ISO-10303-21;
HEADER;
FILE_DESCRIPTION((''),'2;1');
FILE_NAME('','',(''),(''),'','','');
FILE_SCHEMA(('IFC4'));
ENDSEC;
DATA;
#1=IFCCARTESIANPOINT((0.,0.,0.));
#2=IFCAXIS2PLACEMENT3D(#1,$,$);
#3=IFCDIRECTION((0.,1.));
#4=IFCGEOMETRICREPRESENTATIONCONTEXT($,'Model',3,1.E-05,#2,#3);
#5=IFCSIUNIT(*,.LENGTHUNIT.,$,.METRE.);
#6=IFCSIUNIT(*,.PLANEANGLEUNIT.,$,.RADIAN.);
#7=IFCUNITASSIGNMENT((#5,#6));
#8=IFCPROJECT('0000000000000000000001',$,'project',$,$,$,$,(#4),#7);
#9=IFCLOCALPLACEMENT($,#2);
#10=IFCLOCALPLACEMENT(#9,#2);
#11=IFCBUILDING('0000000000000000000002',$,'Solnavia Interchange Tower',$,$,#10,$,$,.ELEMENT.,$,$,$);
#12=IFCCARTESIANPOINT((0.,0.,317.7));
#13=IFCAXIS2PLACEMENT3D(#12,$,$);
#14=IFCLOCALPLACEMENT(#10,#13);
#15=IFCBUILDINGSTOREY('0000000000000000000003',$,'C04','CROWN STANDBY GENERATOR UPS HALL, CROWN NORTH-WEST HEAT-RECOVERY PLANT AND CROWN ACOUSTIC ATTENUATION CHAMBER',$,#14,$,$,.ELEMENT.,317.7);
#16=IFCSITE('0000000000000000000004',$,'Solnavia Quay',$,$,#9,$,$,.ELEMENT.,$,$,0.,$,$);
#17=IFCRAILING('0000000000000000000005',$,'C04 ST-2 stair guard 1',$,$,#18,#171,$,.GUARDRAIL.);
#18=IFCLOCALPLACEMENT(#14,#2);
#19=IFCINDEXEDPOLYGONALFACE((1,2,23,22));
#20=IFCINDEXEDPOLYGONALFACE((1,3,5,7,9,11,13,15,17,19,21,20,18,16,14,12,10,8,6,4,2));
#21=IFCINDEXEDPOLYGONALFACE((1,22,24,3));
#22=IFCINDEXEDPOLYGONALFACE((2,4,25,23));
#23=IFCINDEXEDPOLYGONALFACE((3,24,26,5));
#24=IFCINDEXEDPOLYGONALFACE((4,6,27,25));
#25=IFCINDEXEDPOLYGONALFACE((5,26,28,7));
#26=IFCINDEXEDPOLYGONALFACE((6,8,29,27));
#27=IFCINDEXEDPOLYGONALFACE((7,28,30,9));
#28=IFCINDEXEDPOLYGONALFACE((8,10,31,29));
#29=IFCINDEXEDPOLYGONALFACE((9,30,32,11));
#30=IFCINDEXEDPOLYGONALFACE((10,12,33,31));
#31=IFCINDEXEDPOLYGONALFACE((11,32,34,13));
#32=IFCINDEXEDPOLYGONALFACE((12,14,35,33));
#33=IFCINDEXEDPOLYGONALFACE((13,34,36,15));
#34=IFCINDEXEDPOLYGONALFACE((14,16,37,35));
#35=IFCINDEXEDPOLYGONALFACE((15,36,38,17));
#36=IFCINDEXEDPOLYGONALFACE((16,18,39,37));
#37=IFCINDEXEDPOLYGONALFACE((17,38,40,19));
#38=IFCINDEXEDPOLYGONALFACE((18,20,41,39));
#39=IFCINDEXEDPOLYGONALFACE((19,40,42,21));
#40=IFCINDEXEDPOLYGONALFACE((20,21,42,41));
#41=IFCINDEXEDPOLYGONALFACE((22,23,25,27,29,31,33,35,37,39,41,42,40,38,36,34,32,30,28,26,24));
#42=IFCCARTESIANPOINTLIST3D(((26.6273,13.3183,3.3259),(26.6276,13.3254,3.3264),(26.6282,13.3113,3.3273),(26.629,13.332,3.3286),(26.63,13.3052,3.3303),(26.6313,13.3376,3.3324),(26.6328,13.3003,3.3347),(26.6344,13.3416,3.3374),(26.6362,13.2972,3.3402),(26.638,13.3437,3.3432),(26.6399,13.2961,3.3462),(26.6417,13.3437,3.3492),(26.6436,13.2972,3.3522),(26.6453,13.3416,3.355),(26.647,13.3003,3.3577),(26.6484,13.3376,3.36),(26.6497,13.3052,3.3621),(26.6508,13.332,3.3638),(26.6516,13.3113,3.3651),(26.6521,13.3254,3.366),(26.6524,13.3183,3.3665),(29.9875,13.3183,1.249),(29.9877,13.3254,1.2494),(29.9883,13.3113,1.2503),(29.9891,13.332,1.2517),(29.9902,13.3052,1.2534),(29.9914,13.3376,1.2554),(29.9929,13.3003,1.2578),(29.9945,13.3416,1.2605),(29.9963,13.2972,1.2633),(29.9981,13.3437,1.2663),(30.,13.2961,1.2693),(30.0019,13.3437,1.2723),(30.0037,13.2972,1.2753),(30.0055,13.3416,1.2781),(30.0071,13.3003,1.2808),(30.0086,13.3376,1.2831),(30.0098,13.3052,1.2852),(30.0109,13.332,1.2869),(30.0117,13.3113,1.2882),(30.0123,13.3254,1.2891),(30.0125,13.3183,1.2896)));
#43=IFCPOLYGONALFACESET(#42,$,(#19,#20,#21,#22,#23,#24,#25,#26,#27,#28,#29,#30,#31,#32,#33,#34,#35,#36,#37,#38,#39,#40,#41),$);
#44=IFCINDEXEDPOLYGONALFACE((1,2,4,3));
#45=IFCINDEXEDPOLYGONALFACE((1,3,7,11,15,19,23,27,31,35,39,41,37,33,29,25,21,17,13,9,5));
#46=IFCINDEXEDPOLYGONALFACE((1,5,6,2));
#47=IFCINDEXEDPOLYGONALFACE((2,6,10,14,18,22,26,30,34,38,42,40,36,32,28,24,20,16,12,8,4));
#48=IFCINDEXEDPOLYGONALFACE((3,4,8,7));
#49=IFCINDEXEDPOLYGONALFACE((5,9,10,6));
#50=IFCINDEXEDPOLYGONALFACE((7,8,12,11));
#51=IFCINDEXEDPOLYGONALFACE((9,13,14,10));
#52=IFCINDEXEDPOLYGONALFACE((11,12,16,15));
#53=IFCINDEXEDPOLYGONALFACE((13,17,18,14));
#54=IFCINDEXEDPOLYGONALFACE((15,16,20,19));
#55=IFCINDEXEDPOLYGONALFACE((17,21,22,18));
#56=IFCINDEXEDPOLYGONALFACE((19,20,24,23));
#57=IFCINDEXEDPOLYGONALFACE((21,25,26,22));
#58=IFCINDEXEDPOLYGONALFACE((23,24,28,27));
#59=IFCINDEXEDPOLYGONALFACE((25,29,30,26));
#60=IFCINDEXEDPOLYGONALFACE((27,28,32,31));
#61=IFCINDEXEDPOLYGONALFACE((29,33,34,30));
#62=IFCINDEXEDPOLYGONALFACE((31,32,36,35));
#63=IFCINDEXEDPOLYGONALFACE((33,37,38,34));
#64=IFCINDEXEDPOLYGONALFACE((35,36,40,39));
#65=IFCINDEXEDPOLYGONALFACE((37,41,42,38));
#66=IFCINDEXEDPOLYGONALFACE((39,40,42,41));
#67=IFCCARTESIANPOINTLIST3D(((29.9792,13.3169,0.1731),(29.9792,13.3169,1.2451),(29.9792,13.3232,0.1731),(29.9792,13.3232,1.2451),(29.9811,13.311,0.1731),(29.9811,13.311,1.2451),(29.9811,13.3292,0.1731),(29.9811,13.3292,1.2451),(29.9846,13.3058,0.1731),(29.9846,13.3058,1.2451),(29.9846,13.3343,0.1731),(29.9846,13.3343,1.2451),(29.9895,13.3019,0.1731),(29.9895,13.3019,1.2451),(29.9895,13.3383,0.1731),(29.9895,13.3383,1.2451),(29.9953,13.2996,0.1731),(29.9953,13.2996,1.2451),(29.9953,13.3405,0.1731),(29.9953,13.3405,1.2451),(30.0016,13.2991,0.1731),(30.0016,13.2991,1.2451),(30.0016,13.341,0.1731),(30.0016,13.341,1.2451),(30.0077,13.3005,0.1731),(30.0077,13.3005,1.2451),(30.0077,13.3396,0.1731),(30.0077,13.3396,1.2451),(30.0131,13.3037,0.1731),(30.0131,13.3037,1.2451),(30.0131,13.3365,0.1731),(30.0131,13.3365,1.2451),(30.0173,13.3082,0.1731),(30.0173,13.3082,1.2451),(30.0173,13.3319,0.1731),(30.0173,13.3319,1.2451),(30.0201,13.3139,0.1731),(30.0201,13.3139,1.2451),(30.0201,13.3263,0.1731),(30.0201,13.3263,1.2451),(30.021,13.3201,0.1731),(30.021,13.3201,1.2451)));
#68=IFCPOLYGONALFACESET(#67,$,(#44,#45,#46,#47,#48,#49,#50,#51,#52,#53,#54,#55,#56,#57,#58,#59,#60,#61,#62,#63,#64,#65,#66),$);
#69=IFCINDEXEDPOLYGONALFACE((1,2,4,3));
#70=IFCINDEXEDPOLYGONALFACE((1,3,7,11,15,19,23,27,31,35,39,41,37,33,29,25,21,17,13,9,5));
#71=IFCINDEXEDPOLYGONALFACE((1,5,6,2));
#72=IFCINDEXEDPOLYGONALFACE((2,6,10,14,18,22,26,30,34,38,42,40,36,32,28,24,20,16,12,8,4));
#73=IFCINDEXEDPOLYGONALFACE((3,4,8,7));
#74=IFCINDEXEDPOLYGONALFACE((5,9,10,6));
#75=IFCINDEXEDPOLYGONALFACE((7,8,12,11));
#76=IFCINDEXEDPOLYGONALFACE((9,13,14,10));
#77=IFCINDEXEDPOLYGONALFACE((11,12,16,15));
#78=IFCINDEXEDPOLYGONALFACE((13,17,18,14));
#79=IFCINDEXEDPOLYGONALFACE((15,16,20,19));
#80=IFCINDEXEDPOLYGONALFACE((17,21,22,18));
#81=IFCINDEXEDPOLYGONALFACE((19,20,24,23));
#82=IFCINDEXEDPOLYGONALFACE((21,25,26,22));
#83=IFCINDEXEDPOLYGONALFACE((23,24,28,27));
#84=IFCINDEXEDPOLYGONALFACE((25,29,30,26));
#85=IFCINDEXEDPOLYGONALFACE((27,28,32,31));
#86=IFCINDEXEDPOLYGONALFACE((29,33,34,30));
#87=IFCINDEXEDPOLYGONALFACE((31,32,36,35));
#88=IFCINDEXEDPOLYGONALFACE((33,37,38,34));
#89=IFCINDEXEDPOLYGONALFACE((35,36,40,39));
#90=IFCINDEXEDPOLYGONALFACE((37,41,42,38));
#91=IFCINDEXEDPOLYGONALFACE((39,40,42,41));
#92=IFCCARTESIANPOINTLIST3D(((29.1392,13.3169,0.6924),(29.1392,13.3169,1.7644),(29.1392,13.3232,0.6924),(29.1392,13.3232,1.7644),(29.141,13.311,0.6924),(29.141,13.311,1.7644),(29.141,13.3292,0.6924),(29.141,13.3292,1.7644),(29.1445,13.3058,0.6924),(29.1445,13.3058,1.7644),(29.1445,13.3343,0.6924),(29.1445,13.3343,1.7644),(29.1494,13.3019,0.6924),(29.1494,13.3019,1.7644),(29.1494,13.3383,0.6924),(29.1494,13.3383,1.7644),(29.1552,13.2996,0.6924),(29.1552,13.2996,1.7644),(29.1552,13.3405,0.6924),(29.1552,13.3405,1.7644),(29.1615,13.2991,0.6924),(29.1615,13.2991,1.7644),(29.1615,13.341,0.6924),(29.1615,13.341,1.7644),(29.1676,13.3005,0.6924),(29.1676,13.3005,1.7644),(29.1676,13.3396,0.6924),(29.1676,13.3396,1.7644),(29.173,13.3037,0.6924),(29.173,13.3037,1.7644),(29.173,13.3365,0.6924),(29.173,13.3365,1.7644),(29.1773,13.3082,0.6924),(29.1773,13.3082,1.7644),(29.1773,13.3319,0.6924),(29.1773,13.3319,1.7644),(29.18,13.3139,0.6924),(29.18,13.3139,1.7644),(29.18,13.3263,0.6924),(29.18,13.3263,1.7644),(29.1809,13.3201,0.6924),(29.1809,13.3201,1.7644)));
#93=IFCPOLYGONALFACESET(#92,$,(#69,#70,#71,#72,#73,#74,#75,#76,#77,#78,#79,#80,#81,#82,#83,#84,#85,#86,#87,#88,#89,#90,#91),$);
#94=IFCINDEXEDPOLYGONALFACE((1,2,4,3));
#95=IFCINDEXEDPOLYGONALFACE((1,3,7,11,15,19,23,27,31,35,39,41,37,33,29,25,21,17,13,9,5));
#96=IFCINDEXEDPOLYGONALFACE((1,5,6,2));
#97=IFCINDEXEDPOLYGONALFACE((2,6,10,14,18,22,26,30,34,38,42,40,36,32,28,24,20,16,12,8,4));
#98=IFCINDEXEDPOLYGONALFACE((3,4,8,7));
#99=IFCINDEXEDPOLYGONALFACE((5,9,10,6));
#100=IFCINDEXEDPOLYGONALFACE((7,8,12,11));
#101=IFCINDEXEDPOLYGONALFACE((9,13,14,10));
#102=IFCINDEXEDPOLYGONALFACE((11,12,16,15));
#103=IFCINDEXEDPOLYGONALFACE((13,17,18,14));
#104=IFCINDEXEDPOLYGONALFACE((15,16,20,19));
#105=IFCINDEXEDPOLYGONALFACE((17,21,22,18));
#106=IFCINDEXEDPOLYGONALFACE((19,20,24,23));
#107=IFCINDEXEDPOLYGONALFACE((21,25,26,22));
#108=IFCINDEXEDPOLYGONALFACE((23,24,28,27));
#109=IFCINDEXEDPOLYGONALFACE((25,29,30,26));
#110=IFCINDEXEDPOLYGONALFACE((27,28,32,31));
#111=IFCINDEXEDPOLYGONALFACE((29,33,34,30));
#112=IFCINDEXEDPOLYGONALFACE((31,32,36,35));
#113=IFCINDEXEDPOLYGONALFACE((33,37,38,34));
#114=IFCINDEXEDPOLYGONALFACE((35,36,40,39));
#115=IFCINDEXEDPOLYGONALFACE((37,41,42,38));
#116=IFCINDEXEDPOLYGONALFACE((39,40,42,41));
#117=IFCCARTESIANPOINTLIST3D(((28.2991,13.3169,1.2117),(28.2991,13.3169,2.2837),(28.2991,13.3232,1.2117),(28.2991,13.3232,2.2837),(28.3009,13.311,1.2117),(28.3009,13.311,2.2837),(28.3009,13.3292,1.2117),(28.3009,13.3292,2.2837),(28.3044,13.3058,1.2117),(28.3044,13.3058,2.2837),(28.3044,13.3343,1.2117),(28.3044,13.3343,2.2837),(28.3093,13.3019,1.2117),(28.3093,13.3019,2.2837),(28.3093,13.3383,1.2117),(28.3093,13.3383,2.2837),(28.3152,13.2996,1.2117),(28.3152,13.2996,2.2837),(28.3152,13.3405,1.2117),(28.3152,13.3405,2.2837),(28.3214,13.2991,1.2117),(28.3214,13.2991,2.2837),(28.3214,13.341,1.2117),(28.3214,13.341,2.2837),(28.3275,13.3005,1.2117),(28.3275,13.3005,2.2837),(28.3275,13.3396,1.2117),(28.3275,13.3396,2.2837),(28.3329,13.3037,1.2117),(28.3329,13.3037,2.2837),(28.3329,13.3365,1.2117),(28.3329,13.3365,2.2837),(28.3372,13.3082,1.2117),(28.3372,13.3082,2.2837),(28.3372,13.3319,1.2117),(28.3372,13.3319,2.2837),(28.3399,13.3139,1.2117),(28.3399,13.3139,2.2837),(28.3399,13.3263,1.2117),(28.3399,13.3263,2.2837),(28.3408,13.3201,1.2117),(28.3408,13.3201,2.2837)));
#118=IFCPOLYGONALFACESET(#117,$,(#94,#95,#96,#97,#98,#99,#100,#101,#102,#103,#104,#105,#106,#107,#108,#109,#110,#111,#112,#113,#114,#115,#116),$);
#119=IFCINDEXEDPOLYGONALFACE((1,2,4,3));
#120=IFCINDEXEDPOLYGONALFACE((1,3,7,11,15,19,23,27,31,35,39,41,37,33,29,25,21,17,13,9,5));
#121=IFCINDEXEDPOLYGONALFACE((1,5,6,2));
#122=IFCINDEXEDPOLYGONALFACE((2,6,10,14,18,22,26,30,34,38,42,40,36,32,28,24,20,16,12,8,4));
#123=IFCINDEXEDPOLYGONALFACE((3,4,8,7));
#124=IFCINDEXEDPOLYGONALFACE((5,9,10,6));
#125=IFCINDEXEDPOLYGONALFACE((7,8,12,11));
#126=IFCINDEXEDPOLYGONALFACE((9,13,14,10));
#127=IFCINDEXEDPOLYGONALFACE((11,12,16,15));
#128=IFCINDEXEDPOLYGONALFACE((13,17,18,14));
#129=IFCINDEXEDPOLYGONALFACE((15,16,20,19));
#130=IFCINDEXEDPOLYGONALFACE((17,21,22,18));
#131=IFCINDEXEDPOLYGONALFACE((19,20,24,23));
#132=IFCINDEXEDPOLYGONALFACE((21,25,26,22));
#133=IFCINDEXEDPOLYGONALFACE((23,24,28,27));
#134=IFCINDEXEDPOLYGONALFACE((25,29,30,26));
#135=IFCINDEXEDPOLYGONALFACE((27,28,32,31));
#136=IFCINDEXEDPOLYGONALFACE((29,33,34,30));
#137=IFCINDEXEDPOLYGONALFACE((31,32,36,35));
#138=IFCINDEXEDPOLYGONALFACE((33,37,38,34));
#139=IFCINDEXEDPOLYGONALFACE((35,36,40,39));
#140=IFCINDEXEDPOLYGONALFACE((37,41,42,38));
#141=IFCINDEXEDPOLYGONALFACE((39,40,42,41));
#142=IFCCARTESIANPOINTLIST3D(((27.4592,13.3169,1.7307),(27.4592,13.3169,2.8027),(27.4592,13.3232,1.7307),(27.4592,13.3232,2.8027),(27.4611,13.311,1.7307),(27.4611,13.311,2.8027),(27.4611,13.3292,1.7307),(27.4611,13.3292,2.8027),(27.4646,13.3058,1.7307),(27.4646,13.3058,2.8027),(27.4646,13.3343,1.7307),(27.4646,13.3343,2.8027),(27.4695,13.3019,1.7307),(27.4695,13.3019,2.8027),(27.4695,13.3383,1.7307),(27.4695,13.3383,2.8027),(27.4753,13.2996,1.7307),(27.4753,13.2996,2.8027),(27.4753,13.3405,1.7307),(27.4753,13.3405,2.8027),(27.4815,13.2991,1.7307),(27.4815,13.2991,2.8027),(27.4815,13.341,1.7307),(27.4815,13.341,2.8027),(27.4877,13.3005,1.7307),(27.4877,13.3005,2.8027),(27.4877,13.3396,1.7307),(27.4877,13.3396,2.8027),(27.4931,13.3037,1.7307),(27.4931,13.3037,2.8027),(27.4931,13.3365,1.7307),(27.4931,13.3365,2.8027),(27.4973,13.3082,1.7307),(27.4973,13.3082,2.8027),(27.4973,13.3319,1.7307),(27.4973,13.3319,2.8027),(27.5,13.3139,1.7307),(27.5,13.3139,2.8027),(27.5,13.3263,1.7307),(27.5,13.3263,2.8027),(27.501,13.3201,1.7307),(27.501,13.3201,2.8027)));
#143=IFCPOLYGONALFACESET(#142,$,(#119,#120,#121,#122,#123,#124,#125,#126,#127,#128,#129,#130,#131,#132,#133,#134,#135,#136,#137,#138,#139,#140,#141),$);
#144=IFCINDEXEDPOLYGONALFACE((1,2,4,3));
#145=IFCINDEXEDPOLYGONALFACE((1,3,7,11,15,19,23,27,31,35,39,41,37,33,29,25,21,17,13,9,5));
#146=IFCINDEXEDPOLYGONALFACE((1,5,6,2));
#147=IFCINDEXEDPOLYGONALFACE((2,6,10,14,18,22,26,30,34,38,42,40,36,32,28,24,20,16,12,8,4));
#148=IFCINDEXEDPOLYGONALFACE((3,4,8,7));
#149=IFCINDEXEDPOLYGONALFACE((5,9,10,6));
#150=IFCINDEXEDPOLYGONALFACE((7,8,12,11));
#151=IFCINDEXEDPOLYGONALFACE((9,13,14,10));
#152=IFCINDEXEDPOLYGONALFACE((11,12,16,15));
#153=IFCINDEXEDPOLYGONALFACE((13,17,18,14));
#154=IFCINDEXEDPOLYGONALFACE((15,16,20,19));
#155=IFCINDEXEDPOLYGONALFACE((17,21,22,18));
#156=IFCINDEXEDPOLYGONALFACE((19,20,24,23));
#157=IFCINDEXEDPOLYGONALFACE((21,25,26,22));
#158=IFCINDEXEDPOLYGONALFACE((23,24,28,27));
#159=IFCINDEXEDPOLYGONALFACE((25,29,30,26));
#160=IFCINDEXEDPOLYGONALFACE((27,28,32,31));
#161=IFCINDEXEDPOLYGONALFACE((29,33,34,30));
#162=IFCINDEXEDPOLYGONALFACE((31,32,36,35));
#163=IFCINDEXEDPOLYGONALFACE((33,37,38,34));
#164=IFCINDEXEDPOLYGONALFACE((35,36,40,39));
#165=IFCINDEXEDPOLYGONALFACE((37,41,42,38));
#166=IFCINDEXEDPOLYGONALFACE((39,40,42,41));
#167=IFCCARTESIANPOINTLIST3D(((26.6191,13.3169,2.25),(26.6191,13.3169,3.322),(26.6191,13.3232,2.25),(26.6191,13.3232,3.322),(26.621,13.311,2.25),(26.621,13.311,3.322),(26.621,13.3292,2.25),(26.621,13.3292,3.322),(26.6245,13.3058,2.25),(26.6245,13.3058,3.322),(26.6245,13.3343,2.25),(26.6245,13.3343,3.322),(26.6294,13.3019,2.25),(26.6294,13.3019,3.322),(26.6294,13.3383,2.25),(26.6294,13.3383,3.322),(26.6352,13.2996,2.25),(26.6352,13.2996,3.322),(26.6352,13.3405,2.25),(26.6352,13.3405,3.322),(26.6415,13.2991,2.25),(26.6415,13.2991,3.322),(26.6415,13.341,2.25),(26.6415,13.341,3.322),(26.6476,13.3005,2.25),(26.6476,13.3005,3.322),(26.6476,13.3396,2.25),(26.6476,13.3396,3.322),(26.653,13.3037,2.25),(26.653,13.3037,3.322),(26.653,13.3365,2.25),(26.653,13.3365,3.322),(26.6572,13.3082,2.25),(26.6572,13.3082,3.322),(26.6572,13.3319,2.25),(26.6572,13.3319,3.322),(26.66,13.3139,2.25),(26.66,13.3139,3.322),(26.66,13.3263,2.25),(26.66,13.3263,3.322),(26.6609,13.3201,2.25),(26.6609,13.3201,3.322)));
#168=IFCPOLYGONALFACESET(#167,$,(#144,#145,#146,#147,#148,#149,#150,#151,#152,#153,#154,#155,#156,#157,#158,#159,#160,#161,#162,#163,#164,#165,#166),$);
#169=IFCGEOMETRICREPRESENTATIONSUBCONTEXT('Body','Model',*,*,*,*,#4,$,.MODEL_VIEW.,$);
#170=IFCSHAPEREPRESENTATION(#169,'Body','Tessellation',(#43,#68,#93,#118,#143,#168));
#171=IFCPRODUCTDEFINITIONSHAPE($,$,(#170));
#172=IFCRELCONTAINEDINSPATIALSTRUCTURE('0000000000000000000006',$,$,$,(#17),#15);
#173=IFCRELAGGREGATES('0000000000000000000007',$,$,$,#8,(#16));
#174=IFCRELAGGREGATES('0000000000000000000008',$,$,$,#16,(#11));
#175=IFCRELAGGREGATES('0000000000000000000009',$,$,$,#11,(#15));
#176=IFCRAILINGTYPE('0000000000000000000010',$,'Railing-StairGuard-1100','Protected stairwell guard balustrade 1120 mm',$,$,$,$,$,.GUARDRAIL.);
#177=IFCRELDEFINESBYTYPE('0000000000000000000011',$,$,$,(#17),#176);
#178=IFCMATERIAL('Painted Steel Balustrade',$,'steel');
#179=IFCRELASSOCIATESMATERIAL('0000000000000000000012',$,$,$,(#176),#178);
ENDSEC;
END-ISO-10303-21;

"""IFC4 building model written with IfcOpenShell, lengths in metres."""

from ifc_helpers import new_model, si_unit, direction, frame, origin, origin_2d, place, context, subcontext, project, spatial, circle, extrude, material, type_object, element, save


model = new_model("IFC4")

# Units and contexts
model_context = context("Model", 3, precision=1e-05, world=origin(), true_north=direction((0.0, 1.0)))
body_context = subcontext(model_context, "Body", "Model", "MODEL_VIEW")
ifc_project = project(units=[si_unit("LENGTHUNIT", "METRE"), si_unit("PLANEANGLEUNIT", "RADIAN")], contexts=[model_context])

# Site, building, storey
site_placement = place(None, origin())
site = spatial("IfcSite", under=ifc_project, at=site_placement, Name="Solnavia Quay", CompositionType="ELEMENT", RefElevation=0.0)
building_placement = place(site_placement, origin())
building = spatial("IfcBuilding", under=site, at=building_placement, Name="Solnavia Interchange Tower", CompositionType="ELEMENT")
storey_placement = place(building_placement, frame((0.0, 0.0, 317.7)))
storey = spatial("IfcBuildingStorey", under=building, at=storey_placement, Name="C04", Description="CROWN STANDBY GENERATOR UPS HALL, CROWN NORTH-WEST HEAT-RECOVERY PLANT AND CROWN ACOUSTIC ATTENUATION CHAMBER", CompositionType="ELEMENT", Elevation=317.7)

# Railing
ifc_material_1 = material(Name="Painted Steel Balustrade", Category="steel")
railing_type_1 = type_object("IfcRailingType", Name="Railing-StairGuard-1100", Description="Protected stairwell guard balustrade 1120 mm", PredefinedType="GUARDRAIL", material=ifc_material_1)
railing_1_placement = place(storey_placement, frame((30.0, 13.3201, 0.1731)))
element("IfcRailing", 1, at=railing_1_placement, inside=storey, type_object=railing_type_1, Name="C04 ST-2 stair guard 1", PredefinedType="GUARDRAIL", context=body_context, shape_type="SweptSolid", body=[
    extrude(circle(Radius=0.0239, at=origin_2d()), frame((0.0, 0.0, 1.0962), z_axis=(-0.850623, 0.0, 0.525776), x_axis=(0.0, -1.0, 0.0)), (0.0, 0.0, 1.0), 3.9502),
    extrude(circle(Radius=0.021, at=origin_2d()), origin(), (0.0, 0.0, 1.0), 1.072),
    extrude(circle(Radius=0.021, at=origin_2d()), frame((-0.8401, 0.0, 0.5193)), (0.0, 0.0, 1.0), 1.072),
    extrude(circle(Radius=0.021, at=origin_2d()), frame((-1.6802, 0.0, 1.0386)), (0.0, 0.0, 1.0), 1.072),
    extrude(circle(Radius=0.021, at=origin_2d()), frame((-2.52, 0.0, 1.5576)), (0.0, 0.0, 1.0), 1.072),
    extrude(circle(Radius=0.021, at=origin_2d()), frame((-3.3601, 0.0, 2.0769)), (0.0, 0.0, 1.0), 1.072),
])

save(model, "model.ifc")
